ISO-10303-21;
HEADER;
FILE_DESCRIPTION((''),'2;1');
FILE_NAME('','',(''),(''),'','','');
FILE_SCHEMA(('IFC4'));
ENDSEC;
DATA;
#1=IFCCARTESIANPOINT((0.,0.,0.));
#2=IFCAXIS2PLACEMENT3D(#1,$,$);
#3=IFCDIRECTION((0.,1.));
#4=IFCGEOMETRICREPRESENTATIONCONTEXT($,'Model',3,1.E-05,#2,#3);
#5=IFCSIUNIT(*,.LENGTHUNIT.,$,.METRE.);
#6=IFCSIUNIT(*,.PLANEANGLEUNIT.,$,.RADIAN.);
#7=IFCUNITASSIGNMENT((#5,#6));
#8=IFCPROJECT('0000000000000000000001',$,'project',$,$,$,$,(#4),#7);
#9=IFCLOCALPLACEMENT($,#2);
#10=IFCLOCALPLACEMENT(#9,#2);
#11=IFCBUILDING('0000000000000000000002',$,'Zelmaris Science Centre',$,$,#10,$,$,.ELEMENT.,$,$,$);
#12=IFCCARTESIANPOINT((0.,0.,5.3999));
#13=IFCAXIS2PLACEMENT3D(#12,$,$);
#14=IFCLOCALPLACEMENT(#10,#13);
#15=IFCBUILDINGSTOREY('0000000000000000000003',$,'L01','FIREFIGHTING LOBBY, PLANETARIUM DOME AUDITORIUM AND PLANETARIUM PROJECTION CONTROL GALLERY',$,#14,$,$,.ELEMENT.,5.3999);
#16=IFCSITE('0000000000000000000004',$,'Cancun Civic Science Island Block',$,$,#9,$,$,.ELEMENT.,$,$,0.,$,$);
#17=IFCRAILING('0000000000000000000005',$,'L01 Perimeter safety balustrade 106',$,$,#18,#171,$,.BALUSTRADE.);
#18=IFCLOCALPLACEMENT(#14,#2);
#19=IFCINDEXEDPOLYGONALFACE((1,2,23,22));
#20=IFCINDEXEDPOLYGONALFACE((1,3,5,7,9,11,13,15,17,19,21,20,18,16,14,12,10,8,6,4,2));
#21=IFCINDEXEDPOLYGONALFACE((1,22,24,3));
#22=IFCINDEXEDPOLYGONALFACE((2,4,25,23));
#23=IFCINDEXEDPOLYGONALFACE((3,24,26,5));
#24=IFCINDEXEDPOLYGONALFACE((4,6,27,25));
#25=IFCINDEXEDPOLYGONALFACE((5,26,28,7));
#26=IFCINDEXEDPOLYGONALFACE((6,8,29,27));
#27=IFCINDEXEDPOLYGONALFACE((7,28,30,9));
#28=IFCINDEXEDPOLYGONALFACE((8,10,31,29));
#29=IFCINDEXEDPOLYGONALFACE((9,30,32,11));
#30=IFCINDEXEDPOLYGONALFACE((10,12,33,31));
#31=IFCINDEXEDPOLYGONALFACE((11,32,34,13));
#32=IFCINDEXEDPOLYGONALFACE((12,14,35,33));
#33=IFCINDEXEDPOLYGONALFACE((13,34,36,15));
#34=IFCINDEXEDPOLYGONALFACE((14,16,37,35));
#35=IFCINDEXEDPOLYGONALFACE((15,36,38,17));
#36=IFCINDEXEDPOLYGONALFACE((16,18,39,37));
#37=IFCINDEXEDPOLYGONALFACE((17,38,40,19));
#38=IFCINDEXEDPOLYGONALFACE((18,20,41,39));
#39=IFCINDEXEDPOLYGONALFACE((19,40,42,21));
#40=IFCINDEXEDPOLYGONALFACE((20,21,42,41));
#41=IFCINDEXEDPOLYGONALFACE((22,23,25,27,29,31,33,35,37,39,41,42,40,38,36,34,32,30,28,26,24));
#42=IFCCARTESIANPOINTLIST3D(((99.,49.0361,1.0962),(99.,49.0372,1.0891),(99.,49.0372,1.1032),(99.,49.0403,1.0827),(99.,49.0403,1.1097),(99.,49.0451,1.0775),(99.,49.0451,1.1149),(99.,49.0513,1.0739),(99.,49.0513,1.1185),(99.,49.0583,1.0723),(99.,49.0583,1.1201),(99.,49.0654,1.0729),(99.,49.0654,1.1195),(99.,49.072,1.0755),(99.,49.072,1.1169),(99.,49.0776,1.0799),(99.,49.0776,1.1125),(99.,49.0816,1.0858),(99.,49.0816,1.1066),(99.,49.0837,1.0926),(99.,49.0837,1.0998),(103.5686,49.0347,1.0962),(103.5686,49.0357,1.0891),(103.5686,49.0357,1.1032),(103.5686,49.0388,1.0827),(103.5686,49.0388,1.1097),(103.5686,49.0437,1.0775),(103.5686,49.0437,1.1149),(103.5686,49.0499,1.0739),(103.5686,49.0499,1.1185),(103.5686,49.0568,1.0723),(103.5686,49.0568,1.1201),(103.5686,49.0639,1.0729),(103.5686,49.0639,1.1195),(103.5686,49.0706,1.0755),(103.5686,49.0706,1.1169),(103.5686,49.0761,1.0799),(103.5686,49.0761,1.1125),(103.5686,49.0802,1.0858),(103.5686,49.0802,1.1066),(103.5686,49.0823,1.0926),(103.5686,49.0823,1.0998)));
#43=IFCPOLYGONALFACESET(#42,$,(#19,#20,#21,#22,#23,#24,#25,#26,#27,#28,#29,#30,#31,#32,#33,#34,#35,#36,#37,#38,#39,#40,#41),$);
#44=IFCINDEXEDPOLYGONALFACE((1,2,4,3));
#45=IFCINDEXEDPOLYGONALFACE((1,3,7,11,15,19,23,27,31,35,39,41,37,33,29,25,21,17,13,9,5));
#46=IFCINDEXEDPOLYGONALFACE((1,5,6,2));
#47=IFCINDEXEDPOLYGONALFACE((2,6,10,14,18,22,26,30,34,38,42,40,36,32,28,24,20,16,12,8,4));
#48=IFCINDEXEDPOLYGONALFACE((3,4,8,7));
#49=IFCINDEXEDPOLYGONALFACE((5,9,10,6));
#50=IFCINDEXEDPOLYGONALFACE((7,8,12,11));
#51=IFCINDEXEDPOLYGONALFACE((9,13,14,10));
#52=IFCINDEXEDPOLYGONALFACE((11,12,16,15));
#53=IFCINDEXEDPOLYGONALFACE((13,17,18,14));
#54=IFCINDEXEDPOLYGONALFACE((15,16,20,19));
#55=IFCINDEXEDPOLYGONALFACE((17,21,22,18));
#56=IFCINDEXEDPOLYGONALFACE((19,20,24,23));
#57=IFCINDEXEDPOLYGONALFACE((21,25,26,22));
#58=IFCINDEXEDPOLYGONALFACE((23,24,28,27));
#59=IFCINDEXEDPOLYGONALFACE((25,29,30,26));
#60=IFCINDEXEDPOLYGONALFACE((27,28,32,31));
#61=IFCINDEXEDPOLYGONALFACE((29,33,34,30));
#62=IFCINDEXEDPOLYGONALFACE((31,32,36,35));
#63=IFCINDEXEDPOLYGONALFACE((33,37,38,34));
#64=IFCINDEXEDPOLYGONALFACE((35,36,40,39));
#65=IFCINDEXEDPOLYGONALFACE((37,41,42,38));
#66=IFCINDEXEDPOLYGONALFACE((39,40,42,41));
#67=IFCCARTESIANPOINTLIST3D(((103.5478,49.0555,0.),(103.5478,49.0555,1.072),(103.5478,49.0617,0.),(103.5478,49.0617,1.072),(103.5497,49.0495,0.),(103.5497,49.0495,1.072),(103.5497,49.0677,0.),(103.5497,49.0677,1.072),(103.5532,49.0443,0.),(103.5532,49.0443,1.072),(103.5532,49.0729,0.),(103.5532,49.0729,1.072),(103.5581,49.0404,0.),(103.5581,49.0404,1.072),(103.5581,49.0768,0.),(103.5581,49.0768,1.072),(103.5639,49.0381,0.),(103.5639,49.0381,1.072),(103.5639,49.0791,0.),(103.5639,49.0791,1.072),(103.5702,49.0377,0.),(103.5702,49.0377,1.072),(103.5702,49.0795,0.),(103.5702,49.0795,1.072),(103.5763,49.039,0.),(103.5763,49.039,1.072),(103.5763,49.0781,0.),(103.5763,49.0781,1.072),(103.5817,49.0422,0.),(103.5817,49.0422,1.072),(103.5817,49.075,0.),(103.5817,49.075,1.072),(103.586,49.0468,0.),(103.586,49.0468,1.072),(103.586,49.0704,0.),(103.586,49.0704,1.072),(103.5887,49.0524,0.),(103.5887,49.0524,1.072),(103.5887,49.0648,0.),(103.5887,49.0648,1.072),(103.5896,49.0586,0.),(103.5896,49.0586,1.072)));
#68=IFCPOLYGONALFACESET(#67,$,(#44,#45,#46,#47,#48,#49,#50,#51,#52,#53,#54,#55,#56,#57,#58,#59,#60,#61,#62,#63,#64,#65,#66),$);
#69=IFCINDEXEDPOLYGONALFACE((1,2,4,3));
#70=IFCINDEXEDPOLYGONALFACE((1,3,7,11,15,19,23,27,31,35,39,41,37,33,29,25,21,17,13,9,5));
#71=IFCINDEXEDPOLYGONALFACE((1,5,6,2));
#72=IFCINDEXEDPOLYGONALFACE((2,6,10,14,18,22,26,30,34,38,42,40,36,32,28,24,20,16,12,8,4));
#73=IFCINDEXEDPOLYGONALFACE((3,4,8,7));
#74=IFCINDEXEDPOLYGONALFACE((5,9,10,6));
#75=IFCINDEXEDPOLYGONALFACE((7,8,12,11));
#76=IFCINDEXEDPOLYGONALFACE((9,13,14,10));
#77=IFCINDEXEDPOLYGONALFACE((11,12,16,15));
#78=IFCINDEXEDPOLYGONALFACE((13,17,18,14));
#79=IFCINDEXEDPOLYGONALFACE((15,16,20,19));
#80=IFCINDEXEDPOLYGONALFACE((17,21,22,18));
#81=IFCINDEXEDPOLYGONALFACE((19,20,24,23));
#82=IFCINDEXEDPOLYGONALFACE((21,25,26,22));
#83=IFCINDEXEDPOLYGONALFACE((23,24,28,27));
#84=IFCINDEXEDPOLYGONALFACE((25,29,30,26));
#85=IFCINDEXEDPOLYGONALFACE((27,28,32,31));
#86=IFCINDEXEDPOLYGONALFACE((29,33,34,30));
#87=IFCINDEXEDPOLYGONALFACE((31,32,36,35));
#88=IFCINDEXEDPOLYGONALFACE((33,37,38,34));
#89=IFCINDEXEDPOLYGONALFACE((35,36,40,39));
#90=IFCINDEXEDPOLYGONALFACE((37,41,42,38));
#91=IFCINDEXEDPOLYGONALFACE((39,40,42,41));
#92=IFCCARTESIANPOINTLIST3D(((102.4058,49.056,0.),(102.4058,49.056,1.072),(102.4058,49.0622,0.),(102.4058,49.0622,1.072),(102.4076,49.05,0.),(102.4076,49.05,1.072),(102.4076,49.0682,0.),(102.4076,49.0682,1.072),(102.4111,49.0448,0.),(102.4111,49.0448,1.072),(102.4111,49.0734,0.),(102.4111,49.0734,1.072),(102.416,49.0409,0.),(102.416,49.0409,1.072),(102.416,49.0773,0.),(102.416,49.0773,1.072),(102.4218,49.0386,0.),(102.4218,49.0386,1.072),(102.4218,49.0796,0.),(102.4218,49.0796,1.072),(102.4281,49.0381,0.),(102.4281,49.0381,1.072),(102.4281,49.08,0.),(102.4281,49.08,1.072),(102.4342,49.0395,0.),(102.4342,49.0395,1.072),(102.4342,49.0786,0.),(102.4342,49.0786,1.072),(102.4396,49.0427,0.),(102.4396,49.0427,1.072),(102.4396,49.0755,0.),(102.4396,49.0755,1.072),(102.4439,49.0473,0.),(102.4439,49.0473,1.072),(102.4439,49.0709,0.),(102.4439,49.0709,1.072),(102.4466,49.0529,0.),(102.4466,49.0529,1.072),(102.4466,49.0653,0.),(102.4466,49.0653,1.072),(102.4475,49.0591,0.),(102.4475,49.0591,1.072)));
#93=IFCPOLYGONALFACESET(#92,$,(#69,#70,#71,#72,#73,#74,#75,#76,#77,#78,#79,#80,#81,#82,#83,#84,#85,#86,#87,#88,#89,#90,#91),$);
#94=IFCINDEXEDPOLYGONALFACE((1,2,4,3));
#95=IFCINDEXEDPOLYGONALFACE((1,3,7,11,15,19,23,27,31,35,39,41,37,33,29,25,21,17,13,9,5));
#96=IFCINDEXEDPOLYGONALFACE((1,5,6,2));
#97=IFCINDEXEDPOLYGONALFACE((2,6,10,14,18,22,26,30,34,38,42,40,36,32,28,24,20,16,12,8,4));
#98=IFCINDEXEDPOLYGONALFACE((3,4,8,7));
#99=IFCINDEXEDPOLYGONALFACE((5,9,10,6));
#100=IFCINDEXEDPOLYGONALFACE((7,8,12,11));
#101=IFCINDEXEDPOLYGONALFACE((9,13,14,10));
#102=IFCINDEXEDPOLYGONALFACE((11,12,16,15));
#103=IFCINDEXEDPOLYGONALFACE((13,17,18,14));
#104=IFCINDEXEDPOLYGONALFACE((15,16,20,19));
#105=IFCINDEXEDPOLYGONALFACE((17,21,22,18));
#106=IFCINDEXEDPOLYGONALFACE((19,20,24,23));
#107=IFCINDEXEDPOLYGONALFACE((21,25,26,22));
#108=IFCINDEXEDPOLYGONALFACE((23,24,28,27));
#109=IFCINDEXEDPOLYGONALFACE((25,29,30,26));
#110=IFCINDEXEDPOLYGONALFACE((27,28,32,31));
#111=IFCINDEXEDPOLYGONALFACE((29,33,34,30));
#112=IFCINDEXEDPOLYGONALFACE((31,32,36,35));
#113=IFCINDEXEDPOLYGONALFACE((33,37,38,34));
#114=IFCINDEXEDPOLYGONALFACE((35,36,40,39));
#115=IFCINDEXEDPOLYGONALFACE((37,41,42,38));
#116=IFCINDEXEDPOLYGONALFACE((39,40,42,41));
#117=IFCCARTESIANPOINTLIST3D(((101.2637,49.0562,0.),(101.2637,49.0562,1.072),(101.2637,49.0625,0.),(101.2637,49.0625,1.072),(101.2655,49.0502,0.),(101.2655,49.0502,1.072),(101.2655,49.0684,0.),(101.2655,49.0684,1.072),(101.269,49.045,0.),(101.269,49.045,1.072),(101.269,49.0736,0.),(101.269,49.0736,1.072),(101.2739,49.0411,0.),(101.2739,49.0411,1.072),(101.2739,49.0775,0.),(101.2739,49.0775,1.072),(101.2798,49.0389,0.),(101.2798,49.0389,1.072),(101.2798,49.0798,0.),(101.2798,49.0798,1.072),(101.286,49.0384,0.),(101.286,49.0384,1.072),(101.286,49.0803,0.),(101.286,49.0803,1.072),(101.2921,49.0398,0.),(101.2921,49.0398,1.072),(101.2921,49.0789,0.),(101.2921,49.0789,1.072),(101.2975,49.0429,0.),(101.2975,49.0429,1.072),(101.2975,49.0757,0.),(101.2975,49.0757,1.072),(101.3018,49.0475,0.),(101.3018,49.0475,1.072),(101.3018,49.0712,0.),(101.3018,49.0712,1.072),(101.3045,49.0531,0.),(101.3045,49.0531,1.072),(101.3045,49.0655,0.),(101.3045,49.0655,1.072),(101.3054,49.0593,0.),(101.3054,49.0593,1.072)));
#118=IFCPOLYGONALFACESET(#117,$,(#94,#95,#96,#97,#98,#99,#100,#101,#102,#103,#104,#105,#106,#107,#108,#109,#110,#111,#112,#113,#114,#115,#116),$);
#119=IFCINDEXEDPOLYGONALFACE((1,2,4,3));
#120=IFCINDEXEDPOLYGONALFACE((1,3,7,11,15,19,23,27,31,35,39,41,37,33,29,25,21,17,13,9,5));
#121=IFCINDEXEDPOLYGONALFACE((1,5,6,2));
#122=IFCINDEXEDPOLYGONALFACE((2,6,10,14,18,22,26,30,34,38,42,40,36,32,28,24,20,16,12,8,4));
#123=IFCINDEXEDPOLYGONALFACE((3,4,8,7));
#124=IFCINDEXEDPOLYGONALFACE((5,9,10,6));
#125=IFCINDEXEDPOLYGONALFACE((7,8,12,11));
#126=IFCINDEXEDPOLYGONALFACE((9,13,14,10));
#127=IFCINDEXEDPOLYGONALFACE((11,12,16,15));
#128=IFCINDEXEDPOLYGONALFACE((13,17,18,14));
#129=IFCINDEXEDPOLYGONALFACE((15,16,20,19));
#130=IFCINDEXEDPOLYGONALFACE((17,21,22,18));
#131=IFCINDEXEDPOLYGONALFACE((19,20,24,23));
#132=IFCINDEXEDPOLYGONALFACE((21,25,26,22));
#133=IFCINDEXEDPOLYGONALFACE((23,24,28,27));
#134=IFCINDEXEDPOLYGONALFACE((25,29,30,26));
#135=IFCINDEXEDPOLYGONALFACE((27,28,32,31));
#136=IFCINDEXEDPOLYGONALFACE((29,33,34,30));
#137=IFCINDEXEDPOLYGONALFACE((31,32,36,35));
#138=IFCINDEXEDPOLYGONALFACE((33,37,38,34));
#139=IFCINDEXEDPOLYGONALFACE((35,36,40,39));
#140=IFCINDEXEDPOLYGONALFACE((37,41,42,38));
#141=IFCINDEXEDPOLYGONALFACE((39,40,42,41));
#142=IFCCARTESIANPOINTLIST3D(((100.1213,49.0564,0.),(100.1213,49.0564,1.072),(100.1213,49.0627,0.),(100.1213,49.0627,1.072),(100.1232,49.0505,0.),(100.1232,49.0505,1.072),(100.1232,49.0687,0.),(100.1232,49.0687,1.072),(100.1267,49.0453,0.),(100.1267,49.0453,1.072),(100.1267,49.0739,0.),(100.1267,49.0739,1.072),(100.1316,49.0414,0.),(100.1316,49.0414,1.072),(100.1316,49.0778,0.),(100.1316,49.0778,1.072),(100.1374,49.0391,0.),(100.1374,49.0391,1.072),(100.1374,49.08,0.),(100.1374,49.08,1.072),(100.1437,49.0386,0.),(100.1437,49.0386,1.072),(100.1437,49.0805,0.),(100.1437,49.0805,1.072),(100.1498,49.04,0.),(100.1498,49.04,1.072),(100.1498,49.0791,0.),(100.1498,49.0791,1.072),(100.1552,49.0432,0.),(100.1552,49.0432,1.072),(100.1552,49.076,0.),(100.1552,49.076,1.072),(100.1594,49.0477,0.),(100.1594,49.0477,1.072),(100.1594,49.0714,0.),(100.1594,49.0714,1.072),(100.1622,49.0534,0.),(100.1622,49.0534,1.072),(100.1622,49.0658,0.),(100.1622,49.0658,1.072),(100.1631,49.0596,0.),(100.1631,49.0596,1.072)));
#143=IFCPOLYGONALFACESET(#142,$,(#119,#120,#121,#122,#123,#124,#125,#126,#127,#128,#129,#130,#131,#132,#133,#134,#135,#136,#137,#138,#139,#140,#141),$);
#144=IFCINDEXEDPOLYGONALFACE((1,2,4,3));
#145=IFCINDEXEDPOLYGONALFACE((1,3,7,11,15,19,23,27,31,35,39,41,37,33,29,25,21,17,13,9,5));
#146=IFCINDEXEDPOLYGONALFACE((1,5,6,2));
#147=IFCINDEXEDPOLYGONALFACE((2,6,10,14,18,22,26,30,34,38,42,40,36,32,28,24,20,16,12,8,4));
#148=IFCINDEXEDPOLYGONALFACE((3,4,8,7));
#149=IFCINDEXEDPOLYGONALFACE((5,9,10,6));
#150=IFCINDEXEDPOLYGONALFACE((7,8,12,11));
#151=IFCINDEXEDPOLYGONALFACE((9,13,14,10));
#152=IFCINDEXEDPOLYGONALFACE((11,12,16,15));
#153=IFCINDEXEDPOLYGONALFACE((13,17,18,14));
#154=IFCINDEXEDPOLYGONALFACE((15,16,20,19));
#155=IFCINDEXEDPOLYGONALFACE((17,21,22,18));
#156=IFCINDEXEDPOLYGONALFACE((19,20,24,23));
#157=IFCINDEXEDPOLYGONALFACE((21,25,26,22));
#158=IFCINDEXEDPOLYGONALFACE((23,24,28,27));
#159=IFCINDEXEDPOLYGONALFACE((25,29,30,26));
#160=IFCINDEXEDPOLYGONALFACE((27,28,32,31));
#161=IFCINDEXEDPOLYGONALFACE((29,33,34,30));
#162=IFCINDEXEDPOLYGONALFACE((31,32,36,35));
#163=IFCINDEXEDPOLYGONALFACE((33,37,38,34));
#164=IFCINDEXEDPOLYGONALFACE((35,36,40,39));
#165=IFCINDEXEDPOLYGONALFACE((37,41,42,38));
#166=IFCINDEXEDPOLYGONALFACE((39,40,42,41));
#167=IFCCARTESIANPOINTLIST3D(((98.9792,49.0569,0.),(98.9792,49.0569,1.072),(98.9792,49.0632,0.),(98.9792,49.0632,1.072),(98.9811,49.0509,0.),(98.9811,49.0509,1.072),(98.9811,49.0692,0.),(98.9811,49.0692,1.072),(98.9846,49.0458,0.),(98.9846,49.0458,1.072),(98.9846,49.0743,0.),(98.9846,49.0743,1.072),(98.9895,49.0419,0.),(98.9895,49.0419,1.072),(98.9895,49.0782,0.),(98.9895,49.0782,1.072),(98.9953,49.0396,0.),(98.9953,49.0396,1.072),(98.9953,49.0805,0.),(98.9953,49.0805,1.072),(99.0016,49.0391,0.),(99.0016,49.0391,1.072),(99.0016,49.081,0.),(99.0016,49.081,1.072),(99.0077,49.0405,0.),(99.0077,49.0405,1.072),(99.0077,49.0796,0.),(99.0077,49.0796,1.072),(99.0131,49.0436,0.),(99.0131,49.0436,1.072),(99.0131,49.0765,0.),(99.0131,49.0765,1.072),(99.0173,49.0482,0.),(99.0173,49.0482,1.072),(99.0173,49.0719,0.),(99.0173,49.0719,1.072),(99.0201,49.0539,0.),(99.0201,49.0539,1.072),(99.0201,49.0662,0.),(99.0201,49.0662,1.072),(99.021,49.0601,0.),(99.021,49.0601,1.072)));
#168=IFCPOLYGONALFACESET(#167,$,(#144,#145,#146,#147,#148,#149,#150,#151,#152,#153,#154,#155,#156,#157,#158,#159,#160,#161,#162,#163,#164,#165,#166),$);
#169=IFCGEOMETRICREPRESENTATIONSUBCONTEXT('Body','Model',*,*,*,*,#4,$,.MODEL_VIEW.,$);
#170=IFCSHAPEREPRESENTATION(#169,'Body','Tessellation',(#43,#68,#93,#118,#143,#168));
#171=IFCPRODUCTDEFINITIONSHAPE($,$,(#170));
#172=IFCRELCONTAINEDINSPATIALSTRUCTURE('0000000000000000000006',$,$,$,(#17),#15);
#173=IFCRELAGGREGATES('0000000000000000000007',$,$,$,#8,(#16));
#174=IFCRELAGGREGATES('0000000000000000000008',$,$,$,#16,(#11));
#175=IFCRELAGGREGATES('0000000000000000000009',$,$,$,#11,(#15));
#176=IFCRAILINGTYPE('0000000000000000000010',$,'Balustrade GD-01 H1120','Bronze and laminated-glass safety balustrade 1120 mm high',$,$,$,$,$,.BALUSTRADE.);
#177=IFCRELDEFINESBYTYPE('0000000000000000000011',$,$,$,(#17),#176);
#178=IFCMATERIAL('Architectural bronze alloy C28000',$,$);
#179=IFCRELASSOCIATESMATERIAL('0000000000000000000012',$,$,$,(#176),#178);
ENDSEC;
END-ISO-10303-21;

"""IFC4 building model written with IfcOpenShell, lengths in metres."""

from ifc_helpers import new_model, si_unit, direction, frame, origin, origin_2d, place, context, subcontext, project, spatial, circle, extrude, material, type_object, element, save


model = new_model("IFC4")

# Units and contexts
model_context = context("Model", 3, precision=1e-05, world=origin(), true_north=direction((0.0, 1.0)))
body_context = subcontext(model_context, "Body", "Model", "MODEL_VIEW")
ifc_project = project(units=[si_unit("LENGTHUNIT", "METRE"), si_unit("PLANEANGLEUNIT", "RADIAN")], contexts=[model_context])

# Site, building, storey
site_placement = place(None, origin())
site = spatial("IfcSite", under=ifc_project, at=site_placement, Name="Cancun Civic Science Island Block", CompositionType="ELEMENT", RefElevation=0.0)
building_placement = place(site_placement, origin())
building = spatial("IfcBuilding", under=site, at=building_placement, Name="Zelmaris Science Centre", CompositionType="ELEMENT")
storey_placement = place(building_placement, frame((0.0, 0.0, 5.3999)))
storey = spatial("IfcBuildingStorey", under=building, at=storey_placement, Name="L01", Description="FIREFIGHTING LOBBY, PLANETARIUM DOME AUDITORIUM AND PLANETARIUM PROJECTION CONTROL GALLERY", CompositionType="ELEMENT", Elevation=5.3999)

# Railing
ifc_material_1 = material(Name="Architectural bronze alloy C28000")
railing_type = type_object("IfcRailingType", Name="Balustrade GD-01 H1120", Description="Bronze and laminated-glass safety balustrade 1120 mm high", PredefinedType="BALUSTRADE", material=ifc_material_1)
railing_placement = place(storey_placement, frame((103.5686, 49.0586, 0.0)))
element("IfcRailing", 1, at=railing_placement, inside=storey, type_object=railing_type, Name="L01 Perimeter safety balustrade 106", PredefinedType="BALUSTRADE", context=body_context, shape_type="SweptSolid", body=[
    extrude(circle(Radius=0.0239, at=origin_2d()), frame((0.0, 0.0, 1.0962), z_axis=(-1.0, 0.000321, 0.0), x_axis=(-0.000321, -1.0, 0.0)), (0.0, 0.0, 1.0), 4.5686),
    extrude(circle(Radius=0.021, at=origin_2d()), origin(), (0.0, 0.0, 1.0), 1.072),
    extrude(circle(Radius=0.021, at=origin_2d()), frame((-1.1421, 0.0005, 0.0)), (0.0, 0.0, 1.0), 1.072),
    extrude(circle(Radius=0.021, at=origin_2d()), frame((-2.2842, 0.0007, 0.0)), (0.0, 0.0, 1.0), 1.072),
    extrude(circle(Radius=0.021, at=origin_2d()), frame((-3.4265, 0.001, 0.0)), (0.0, 0.0, 1.0), 1.072),
    extrude(circle(Radius=0.021, at=origin_2d()), frame((-4.5686, 0.0015, 0.0)), (0.0, 0.0, 1.0), 1.072),
])

save(model, "model.ifc")
